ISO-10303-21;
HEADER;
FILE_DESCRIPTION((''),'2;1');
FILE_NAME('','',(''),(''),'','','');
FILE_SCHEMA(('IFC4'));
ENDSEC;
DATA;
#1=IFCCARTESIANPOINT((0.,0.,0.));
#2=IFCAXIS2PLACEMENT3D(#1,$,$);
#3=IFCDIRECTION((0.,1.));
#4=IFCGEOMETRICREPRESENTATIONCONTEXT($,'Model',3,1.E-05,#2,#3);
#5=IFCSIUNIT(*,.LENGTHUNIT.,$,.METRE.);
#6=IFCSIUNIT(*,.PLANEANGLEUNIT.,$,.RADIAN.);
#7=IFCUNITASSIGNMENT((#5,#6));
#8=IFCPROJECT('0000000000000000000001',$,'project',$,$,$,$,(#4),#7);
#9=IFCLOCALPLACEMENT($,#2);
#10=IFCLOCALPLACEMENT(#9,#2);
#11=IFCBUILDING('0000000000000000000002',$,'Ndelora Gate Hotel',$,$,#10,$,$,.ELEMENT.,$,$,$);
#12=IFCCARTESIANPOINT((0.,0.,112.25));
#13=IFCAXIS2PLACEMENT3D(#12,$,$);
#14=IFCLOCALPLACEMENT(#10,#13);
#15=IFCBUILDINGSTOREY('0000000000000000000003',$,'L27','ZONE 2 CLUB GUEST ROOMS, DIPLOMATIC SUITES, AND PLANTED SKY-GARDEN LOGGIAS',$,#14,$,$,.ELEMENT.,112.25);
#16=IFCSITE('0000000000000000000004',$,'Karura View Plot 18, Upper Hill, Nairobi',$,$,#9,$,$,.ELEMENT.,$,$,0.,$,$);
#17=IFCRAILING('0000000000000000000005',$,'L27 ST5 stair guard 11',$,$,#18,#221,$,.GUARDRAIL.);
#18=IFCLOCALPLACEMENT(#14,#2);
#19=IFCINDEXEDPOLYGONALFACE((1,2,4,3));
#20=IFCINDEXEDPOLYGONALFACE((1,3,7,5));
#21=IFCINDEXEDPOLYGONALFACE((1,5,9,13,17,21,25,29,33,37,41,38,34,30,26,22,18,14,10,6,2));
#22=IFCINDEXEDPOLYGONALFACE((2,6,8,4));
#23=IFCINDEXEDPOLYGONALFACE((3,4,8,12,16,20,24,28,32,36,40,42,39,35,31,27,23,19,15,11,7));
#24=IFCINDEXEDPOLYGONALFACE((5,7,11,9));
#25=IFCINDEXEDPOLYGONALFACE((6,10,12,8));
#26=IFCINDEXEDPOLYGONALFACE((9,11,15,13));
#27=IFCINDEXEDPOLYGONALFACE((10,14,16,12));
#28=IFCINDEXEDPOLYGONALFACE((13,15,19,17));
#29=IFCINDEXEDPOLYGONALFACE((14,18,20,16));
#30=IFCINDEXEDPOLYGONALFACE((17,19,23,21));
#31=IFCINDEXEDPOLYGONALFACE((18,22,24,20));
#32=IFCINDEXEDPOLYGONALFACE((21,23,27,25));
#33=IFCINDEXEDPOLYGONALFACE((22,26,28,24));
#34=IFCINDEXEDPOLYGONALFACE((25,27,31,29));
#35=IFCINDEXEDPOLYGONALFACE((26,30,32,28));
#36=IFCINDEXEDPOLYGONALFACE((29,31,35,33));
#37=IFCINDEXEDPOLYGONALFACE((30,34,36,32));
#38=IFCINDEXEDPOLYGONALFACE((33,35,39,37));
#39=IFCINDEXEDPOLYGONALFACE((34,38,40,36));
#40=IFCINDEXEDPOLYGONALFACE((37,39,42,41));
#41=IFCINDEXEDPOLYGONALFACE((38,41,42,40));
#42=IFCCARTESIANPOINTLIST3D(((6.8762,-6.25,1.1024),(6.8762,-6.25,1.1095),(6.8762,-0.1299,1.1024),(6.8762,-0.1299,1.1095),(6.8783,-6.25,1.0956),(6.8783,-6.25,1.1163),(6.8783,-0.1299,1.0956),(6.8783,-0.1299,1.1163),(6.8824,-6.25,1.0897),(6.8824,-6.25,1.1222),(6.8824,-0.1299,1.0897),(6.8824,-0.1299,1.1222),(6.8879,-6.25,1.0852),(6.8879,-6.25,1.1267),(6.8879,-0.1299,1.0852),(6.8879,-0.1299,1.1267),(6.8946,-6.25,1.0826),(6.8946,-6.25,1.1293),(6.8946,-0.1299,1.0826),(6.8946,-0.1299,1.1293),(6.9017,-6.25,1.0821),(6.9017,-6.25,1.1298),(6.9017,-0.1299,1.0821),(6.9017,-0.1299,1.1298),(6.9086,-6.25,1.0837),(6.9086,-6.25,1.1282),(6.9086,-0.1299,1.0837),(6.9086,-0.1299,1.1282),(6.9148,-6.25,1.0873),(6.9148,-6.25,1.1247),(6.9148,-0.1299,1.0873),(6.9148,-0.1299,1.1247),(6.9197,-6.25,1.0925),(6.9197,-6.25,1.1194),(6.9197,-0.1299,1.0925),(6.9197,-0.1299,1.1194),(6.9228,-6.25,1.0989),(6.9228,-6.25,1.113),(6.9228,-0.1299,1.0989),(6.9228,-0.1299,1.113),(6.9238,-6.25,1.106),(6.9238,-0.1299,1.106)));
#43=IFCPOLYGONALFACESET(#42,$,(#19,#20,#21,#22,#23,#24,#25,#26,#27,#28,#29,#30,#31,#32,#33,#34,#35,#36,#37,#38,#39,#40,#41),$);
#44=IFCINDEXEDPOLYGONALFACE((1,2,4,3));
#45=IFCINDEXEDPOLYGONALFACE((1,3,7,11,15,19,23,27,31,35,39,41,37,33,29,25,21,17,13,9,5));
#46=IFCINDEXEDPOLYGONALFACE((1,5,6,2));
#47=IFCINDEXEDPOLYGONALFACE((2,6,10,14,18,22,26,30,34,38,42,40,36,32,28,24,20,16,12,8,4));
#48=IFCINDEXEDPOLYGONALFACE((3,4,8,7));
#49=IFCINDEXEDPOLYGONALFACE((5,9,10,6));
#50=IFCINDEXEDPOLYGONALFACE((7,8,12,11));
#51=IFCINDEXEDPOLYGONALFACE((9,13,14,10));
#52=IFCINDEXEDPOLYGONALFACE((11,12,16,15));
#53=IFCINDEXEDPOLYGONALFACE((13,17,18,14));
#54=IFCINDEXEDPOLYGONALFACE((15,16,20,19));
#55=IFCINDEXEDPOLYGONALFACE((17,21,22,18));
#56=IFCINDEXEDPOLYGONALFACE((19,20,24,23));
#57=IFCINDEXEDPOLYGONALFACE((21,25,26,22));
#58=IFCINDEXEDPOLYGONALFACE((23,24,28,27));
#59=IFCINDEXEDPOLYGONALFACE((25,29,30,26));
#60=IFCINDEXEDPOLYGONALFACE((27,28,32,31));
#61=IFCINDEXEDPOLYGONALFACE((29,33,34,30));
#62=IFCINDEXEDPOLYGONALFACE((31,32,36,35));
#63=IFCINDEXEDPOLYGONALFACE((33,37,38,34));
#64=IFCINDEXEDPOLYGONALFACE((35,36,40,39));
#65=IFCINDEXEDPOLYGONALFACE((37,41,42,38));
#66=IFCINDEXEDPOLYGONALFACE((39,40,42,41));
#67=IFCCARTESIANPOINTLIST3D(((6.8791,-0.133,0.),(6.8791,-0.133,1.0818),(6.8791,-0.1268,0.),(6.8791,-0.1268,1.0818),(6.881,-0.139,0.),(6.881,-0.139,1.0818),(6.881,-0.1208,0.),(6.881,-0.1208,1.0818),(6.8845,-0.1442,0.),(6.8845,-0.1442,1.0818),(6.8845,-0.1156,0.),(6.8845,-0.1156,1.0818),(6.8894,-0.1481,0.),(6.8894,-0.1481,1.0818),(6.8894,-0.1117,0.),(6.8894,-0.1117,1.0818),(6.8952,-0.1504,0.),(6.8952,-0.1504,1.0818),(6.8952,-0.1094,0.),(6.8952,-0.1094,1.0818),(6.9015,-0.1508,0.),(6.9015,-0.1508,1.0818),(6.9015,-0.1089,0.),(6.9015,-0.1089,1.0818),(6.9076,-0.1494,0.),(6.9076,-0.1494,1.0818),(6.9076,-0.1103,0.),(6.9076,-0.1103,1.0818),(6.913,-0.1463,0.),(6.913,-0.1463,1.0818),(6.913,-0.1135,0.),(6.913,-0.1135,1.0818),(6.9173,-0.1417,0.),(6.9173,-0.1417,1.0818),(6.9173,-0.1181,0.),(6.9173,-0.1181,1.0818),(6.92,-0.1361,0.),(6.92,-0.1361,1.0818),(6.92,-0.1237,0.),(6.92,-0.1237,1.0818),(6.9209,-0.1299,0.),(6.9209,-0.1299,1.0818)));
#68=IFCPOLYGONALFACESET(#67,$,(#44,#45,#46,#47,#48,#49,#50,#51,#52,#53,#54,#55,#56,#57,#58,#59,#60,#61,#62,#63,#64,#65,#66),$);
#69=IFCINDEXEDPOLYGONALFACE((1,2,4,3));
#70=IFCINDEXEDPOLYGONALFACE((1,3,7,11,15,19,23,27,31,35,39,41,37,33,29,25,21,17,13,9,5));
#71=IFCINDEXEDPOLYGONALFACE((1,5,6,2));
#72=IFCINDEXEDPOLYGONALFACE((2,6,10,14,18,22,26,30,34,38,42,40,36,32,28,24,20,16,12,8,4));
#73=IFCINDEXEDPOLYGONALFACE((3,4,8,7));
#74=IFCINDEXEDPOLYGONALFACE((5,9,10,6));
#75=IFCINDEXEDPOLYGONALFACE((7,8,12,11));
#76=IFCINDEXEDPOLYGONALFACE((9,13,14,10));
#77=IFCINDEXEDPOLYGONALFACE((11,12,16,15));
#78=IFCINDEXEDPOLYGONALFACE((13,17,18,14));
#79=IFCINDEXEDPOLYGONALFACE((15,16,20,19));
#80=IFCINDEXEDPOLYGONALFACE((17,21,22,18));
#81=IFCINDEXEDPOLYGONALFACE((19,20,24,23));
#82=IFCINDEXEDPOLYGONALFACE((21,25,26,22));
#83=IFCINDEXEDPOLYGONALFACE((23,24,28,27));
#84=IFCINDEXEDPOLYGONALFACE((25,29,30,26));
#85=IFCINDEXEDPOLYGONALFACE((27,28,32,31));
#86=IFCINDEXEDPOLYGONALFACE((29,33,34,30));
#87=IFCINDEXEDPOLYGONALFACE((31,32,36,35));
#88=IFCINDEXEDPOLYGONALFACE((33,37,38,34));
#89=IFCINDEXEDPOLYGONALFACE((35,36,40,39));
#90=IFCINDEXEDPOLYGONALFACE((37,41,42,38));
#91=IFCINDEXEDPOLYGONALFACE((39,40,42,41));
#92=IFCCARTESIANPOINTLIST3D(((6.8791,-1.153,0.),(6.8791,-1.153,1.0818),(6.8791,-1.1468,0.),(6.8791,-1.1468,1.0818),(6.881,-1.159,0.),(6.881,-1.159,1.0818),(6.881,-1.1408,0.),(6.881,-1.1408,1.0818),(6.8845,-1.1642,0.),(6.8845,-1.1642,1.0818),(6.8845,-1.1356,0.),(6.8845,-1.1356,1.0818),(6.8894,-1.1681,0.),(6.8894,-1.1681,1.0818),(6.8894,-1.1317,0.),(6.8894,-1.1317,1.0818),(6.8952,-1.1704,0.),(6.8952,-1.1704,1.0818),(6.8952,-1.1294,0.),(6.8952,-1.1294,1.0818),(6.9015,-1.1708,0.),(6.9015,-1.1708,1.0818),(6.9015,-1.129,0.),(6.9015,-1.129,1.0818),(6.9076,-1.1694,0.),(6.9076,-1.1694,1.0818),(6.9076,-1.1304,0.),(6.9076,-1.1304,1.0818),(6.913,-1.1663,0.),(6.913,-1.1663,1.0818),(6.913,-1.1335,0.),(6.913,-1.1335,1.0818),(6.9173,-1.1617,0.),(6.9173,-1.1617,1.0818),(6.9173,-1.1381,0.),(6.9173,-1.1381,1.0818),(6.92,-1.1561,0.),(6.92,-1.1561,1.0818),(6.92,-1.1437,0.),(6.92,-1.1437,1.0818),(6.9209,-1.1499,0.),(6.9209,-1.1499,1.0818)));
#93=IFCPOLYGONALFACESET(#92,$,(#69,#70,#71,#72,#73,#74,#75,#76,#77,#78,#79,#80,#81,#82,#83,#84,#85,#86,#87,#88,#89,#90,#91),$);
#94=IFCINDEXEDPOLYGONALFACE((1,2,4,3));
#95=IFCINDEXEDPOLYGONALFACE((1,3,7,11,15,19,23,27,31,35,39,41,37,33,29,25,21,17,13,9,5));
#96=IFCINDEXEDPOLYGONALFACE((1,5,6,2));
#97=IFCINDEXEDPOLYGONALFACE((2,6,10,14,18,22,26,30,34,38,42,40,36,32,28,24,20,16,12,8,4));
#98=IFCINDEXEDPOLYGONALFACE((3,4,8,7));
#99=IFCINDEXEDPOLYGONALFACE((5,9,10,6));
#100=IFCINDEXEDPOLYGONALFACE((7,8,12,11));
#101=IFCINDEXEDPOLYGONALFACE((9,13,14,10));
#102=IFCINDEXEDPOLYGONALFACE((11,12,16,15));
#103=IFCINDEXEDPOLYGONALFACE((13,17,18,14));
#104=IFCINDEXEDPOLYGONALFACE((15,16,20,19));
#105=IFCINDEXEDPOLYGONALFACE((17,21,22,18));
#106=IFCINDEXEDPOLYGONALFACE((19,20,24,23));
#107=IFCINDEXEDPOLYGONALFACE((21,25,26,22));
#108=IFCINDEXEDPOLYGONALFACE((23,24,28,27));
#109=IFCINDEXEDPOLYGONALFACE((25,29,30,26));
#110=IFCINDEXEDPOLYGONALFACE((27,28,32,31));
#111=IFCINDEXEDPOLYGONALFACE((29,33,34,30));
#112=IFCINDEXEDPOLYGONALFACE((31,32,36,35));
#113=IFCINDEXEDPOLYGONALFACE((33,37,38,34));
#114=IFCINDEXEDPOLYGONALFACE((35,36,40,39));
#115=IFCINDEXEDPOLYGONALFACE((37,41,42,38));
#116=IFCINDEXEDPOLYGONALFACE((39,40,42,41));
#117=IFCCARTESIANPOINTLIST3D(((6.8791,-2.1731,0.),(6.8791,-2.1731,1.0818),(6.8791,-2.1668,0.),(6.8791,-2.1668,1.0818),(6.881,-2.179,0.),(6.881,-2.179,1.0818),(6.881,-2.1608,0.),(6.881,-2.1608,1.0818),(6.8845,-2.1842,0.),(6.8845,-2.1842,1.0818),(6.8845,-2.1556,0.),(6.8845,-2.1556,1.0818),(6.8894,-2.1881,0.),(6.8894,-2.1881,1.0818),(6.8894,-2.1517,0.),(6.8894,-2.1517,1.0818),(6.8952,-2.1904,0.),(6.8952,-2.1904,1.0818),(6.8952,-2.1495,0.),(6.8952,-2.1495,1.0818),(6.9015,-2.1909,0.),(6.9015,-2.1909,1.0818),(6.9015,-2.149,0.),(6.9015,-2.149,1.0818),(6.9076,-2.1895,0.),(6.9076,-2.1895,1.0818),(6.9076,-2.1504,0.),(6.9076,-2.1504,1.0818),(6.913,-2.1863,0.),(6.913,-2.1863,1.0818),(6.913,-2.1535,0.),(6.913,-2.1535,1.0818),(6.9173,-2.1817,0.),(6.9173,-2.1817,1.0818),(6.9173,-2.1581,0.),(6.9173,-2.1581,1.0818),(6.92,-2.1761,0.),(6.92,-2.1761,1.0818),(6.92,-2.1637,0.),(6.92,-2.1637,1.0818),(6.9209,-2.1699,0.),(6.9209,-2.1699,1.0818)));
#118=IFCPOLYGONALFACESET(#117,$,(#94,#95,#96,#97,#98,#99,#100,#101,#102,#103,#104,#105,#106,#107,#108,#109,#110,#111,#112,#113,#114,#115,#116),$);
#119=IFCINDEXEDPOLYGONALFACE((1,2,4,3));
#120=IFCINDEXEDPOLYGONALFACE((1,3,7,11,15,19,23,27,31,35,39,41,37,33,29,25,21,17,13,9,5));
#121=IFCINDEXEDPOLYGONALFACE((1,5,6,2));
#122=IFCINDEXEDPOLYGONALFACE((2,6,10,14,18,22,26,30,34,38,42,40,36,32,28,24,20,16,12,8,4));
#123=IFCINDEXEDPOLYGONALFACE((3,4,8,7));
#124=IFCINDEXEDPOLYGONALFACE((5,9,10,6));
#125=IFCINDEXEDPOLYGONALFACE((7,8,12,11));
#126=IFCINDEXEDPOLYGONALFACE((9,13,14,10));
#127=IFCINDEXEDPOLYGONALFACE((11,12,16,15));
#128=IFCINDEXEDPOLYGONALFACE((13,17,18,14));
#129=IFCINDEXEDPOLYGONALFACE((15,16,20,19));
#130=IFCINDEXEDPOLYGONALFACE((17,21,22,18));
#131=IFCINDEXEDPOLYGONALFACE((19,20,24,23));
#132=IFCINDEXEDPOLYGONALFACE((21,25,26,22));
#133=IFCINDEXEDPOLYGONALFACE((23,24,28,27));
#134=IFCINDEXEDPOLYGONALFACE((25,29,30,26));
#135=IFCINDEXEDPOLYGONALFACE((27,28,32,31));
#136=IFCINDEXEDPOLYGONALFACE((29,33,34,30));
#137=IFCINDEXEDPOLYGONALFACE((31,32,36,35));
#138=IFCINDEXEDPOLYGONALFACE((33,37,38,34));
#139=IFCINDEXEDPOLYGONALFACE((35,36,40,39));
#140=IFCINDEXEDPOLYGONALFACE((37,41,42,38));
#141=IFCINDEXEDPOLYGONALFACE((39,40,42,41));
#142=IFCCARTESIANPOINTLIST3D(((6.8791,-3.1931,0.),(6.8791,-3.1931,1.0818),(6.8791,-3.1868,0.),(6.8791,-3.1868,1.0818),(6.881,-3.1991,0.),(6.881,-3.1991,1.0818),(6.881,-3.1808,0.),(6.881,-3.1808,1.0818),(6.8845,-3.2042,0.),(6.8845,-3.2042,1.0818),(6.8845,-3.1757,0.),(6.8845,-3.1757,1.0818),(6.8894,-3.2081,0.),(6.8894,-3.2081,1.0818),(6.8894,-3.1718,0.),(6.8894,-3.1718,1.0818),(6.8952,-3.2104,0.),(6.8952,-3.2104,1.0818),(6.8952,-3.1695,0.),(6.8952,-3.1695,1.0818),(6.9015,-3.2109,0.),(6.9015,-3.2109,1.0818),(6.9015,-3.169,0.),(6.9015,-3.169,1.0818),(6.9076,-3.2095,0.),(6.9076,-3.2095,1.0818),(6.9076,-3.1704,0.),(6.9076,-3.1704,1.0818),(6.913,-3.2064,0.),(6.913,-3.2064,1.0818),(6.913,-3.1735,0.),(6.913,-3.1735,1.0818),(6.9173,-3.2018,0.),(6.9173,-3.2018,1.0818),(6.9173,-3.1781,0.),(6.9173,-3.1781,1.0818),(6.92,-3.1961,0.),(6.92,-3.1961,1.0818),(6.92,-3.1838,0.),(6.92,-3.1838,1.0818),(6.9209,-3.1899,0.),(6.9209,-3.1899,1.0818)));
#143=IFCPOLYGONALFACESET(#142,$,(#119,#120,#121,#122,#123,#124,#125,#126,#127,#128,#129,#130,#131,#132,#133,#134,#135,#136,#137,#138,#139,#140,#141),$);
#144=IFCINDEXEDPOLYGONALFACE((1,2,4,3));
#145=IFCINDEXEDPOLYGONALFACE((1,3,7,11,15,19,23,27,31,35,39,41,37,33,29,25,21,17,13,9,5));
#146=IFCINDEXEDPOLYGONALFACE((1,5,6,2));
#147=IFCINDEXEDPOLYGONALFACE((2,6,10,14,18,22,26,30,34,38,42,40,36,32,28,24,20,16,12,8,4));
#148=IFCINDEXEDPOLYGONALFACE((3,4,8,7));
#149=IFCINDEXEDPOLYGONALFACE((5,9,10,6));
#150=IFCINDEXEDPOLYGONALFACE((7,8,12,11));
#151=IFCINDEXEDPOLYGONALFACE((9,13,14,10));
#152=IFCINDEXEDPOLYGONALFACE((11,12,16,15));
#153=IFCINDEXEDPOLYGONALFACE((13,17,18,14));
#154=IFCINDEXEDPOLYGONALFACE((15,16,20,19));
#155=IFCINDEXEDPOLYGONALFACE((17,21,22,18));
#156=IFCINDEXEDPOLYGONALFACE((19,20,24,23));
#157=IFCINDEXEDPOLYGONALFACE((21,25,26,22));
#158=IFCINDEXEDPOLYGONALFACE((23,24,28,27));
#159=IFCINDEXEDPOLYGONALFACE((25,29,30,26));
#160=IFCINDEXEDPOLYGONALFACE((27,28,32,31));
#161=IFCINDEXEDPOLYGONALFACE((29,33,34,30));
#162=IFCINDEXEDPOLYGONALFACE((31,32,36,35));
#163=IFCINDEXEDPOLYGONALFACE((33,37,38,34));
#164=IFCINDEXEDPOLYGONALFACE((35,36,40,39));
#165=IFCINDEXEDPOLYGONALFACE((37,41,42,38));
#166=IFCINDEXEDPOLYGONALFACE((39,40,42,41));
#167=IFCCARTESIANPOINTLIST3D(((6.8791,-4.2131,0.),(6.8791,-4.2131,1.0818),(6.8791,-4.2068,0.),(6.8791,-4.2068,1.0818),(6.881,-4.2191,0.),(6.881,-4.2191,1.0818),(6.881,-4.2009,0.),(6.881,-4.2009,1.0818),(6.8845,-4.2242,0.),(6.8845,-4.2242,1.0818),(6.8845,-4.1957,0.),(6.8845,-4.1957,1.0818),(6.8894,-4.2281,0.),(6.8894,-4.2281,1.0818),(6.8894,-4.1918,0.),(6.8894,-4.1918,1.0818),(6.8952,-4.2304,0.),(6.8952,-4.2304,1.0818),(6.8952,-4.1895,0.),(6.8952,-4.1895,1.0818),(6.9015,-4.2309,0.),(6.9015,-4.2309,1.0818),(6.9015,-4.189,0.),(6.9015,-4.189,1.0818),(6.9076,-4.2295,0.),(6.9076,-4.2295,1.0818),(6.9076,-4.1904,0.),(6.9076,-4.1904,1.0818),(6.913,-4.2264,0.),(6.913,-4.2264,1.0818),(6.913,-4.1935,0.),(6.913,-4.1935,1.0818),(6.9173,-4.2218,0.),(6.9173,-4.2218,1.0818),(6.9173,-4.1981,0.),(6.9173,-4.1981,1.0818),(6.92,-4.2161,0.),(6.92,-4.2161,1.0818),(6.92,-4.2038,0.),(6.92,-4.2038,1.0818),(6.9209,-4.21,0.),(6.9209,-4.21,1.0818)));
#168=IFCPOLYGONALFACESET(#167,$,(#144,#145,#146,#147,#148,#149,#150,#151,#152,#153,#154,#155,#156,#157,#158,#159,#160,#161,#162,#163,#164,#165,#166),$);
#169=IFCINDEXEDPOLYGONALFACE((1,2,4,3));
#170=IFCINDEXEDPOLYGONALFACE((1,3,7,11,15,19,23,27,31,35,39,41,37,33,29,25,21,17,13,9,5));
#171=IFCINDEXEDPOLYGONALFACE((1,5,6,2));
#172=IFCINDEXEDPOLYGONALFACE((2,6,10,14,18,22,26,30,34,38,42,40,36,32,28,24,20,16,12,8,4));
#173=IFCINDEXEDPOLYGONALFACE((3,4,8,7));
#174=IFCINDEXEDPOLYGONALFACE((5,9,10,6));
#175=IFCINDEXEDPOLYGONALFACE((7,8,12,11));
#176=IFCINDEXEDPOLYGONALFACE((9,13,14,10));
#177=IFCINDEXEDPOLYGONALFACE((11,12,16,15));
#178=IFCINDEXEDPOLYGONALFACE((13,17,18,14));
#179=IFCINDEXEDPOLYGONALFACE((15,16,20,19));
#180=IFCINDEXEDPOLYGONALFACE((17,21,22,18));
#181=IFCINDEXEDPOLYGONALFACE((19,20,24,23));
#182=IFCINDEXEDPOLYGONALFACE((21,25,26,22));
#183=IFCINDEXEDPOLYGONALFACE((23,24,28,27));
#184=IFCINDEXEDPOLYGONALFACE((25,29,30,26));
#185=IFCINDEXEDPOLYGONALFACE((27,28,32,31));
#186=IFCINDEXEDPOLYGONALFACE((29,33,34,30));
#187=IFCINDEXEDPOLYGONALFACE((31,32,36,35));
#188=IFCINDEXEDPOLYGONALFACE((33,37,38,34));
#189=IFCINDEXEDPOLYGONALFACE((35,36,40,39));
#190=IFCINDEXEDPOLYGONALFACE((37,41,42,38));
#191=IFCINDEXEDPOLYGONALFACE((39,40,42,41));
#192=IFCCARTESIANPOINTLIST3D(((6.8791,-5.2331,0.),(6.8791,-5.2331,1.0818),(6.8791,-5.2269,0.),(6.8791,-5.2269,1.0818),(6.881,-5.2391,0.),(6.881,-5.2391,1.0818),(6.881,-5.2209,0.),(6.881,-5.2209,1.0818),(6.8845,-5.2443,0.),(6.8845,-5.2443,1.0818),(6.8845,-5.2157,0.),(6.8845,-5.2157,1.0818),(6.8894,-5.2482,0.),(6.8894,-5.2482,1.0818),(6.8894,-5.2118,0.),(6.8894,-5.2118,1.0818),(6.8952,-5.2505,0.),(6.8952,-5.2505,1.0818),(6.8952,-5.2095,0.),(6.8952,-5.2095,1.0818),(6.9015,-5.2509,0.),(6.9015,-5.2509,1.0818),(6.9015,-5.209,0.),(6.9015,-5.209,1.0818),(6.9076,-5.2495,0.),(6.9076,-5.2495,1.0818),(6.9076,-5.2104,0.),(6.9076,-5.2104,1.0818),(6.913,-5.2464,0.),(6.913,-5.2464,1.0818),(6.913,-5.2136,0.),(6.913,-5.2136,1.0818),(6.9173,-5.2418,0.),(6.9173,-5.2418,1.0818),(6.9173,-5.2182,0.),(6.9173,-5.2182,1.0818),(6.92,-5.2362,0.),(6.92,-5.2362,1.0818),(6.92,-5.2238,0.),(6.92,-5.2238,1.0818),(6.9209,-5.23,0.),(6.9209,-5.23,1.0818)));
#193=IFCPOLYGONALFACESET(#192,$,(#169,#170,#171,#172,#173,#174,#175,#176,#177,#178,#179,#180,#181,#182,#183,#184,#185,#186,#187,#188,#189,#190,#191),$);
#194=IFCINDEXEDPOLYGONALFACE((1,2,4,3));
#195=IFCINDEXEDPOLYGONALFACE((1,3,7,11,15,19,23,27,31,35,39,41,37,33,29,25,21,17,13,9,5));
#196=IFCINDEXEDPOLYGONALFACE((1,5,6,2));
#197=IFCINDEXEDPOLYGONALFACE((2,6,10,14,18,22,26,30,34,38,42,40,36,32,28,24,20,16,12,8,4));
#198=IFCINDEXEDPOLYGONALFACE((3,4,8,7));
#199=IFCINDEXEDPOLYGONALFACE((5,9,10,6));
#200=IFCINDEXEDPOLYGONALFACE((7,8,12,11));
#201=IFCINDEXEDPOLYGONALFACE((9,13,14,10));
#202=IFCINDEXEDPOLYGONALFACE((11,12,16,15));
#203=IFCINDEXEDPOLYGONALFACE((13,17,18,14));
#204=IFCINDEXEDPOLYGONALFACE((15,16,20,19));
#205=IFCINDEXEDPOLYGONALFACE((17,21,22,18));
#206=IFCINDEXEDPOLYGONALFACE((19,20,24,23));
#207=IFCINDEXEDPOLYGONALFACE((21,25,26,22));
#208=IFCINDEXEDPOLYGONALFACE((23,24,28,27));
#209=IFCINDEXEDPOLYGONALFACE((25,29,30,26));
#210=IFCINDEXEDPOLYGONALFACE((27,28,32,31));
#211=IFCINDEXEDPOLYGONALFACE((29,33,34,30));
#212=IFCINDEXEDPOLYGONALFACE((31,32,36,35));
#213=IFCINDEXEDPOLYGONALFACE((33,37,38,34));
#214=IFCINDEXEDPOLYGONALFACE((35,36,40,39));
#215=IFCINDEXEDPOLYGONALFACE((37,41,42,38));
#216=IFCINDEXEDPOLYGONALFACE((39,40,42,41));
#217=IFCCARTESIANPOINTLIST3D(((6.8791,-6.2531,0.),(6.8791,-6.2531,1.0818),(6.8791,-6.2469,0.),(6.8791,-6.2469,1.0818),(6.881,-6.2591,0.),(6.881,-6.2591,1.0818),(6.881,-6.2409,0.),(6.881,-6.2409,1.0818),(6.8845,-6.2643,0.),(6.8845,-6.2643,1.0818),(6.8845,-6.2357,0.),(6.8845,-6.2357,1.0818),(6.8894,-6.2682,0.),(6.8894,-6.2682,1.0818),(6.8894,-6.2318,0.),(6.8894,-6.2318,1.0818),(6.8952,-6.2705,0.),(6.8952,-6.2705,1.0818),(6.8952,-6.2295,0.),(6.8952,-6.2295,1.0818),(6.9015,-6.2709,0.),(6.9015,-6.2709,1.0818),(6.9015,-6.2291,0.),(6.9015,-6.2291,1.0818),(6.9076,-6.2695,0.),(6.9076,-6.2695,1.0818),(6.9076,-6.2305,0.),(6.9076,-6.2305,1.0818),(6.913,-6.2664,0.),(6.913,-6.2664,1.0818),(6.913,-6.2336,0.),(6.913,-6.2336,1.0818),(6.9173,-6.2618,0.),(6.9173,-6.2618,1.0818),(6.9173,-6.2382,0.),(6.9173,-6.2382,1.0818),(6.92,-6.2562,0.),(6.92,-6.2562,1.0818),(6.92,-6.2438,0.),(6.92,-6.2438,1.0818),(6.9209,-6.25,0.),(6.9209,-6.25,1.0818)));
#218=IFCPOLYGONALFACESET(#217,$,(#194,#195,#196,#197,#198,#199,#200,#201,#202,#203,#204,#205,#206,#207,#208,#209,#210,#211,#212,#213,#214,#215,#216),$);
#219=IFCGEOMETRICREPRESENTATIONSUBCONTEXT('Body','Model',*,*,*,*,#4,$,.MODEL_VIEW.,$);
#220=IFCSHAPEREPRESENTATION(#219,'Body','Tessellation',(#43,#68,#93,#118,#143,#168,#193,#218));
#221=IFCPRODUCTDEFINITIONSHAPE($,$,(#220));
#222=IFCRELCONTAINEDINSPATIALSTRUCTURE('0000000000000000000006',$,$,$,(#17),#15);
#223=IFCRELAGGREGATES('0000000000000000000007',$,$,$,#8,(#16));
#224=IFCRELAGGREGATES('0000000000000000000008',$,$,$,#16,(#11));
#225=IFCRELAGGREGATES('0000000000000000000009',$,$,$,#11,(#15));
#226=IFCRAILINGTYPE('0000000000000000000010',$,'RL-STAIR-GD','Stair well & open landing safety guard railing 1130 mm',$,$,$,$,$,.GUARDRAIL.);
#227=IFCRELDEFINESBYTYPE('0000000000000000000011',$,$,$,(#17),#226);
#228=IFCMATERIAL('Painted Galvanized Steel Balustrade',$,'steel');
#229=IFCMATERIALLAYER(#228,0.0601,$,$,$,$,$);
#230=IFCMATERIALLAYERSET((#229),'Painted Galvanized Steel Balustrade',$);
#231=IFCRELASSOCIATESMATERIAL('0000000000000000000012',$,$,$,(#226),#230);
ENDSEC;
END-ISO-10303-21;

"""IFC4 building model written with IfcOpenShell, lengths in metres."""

from ifc_helpers import new_model, si_unit, direction, frame, origin, origin_2d, place, context, subcontext, project, spatial, circle, extrude, material, layer, layer_set, type_object, element, save


model = new_model("IFC4")

# Units and contexts
model_context = context("Model", 3, precision=1e-05, world=origin(), true_north=direction((0.0, 1.0)))
body_context = subcontext(model_context, "Body", "Model", "MODEL_VIEW")
ifc_project = project(units=[si_unit("LENGTHUNIT", "METRE"), si_unit("PLANEANGLEUNIT", "RADIAN")], contexts=[model_context])

# Site, building, storey
site_placement = place(None, origin())
site = spatial("IfcSite", under=ifc_project, at=site_placement, Name="Karura View Plot 18, Upper Hill, Nairobi", CompositionType="ELEMENT", RefElevation=0.0)
building_placement = place(site_placement, origin())
building = spatial("IfcBuilding", under=site, at=building_placement, Name="Ndelora Gate Hotel", CompositionType="ELEMENT")
storey_placement = place(building_placement, frame((0.0, 0.0, 112.25)))
storey = spatial("IfcBuildingStorey", under=building, at=storey_placement, Name="L27", Description="ZONE 2 CLUB GUEST ROOMS, DIPLOMATIC SUITES, AND PLANTED SKY-GARDEN LOGGIAS", CompositionType="ELEMENT", Elevation=112.25)

# Railing
ifc_material_1 = material(Name="Painted Galvanized Steel Balustrade", Category="steel")
ifc_layer_1 = layer(ifc_material_1, 0.0601)
ifc_layer_set_1 = layer_set([ifc_layer_1], Name="Painted Galvanized Steel Balustrade")
railing_type = type_object("IfcRailingType", Name="RL-STAIR-GD", Description="Stair well & open landing safety guard railing 1130 mm", PredefinedType="GUARDRAIL", material=ifc_layer_set_1)
railing_placement = place(storey_placement, frame((6.8999, -0.1299, 0.0)))
element("IfcRailing", 1, at=railing_placement, inside=storey, type_object=railing_type, Name="L27 ST5 stair guard 11", PredefinedType="GUARDRAIL", context=body_context, shape_type="SweptSolid", body=[
    extrude(circle(Radius=0.0239, at=origin_2d()), frame((0.0, 0.0, 1.106), z_axis=(0.0, -1.0, 0.0), x_axis=(1.0, 0.0, 0.0)), (0.0, 0.0, 1.0), 6.1201),
    extrude(circle(Radius=0.021, at=origin_2d()), origin(), (0.0, 0.0, 1.0), 1.0818),
    extrude(circle(Radius=0.021, at=origin_2d()), frame((0.0, -1.02, 0.0)), (0.0, 0.0, 1.0), 1.0818),
    extrude(circle(Radius=0.021, at=origin_2d()), frame((0.0, -2.04, 0.0)), (0.0, 0.0, 1.0), 1.0818),
    extrude(circle(Radius=0.021, at=origin_2d()), frame((0.0, -3.0601, 0.0)), (0.0, 0.0, 1.0), 1.0818),
    extrude(circle(Radius=0.021, at=origin_2d()), frame((0.0, -4.0801, 0.0)), (0.0, 0.0, 1.0), 1.0818),
    extrude(circle(Radius=0.021, at=origin_2d()), frame((0.0, -5.1001, 0.0)), (0.0, 0.0, 1.0), 1.0818),
    extrude(circle(Radius=0.021, at=origin_2d()), frame((0.0, -6.1201, 0.0)), (0.0, 0.0, 1.0), 1.0818),
])

save(model, "model.ifc")
